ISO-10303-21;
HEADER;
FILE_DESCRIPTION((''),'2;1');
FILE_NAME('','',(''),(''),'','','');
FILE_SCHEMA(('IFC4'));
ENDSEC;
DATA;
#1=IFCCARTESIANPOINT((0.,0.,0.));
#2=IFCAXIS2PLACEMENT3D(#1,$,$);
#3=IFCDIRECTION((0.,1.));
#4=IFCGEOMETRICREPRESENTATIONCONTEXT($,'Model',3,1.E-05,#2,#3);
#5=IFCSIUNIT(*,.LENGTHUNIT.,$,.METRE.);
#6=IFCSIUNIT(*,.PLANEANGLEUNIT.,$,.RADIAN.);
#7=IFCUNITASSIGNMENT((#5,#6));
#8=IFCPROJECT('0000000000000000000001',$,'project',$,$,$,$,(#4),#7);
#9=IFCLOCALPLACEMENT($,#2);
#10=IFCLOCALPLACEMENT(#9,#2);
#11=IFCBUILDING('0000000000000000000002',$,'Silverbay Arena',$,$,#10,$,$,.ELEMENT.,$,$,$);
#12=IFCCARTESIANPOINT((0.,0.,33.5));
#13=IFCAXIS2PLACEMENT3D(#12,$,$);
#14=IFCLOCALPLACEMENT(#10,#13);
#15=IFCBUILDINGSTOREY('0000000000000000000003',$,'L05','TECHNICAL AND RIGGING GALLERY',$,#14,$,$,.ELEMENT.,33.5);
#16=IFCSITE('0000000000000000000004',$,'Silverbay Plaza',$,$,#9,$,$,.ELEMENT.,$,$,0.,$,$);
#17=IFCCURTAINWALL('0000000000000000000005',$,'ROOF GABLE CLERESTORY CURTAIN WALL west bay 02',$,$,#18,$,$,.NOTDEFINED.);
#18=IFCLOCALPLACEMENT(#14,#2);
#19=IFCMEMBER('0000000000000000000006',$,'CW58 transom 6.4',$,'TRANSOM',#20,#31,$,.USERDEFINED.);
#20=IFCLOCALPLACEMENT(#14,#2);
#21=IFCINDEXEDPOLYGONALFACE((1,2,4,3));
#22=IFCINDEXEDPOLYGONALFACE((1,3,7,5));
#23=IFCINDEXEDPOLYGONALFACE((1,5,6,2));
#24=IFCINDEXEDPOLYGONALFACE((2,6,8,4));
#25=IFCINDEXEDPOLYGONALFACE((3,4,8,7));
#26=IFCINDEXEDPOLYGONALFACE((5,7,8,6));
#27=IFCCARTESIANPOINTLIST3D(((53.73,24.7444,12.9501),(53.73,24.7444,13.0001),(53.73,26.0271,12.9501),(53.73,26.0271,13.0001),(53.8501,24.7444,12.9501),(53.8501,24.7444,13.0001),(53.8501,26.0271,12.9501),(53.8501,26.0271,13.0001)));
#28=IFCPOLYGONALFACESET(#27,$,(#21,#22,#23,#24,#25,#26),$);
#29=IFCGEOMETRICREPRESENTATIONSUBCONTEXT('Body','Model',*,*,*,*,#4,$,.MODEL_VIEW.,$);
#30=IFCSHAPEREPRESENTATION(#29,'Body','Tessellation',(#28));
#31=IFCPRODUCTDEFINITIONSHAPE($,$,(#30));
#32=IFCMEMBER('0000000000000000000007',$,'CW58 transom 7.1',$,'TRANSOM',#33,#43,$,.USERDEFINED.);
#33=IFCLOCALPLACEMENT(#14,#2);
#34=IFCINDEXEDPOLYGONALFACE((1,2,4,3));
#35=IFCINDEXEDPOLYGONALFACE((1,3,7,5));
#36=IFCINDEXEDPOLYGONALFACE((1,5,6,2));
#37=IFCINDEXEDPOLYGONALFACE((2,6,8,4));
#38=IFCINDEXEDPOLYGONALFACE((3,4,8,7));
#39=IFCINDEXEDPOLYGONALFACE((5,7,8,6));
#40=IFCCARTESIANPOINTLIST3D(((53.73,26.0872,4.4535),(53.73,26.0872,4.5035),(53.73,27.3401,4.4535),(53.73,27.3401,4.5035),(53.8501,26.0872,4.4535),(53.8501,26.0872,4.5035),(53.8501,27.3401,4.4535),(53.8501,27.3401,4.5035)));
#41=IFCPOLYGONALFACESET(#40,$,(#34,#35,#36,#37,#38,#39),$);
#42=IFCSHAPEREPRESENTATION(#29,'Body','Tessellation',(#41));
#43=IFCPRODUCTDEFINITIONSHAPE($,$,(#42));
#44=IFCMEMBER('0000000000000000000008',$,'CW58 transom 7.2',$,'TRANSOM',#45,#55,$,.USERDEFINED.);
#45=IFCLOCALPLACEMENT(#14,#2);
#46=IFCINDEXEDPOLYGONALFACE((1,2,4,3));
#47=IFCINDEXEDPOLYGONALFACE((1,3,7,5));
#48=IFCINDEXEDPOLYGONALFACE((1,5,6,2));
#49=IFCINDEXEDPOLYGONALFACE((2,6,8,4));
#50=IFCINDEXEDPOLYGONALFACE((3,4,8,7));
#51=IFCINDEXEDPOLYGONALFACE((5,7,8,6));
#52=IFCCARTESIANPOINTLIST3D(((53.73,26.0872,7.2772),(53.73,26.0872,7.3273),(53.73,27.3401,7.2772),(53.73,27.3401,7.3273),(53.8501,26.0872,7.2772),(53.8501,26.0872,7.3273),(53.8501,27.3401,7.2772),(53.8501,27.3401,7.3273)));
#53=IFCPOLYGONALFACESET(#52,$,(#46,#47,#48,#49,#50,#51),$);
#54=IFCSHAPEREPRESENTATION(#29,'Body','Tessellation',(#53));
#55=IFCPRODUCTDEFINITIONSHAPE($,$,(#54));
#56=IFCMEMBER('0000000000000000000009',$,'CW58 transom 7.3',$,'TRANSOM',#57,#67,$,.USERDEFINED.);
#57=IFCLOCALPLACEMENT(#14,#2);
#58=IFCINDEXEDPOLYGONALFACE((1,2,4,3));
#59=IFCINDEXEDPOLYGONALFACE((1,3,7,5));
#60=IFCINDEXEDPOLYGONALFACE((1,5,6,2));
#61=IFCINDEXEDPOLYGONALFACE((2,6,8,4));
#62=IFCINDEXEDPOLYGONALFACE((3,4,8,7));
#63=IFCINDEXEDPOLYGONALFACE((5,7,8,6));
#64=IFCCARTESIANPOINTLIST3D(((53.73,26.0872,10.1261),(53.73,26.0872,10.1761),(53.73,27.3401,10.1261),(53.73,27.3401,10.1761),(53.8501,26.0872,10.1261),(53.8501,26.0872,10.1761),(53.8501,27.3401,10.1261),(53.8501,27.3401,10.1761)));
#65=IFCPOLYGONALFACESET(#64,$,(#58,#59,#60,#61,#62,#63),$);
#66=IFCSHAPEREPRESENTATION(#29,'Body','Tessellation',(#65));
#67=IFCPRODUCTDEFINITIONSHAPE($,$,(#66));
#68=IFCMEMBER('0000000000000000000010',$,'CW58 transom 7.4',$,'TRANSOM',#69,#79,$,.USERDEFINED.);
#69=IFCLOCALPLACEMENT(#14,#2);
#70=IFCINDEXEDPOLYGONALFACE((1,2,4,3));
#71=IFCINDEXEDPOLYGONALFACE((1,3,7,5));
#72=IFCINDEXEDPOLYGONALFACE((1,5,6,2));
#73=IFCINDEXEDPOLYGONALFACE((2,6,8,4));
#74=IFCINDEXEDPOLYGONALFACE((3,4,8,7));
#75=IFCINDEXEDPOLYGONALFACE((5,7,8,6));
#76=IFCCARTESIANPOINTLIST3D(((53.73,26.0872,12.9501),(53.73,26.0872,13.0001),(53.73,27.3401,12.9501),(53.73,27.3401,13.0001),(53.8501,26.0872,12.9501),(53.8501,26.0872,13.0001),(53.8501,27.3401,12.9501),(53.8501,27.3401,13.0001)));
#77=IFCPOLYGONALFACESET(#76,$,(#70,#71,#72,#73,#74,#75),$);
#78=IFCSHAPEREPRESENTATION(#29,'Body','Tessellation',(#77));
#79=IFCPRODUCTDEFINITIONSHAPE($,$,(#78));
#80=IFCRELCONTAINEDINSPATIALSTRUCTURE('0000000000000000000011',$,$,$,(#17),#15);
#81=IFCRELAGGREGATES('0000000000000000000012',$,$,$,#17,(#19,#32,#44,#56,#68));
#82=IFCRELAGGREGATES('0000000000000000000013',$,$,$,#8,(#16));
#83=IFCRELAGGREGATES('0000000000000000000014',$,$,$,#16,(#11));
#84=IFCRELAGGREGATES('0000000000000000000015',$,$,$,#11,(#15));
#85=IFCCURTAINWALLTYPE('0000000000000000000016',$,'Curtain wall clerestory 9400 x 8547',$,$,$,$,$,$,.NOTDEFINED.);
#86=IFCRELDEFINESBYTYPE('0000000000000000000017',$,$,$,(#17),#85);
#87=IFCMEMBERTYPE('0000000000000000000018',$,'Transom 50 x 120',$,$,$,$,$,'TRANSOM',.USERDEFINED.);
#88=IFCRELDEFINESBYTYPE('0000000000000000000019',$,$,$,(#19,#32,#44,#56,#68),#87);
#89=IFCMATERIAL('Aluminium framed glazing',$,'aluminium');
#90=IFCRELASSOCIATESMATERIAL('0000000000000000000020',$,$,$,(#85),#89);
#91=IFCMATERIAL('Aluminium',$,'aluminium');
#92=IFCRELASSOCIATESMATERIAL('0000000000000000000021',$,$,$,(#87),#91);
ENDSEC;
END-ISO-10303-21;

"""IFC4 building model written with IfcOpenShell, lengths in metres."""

from ifc_helpers import new_model, si_unit, direction, frame, origin, origin_2d, place, context, subcontext, project, spatial, rectangle, extrude, material, material_profile, profile_set, type_object, element, aggregate, save


model = new_model("IFC4")

# Units and contexts
model_context = context("Model", 3, precision=1e-05, world=origin(), true_north=direction((0.0, 1.0)))
body_context = subcontext(model_context, "Body", "Model", "MODEL_VIEW")
ifc_project = project(units=[si_unit("LENGTHUNIT", "METRE"), si_unit("PLANEANGLEUNIT", "RADIAN")], contexts=[model_context])

# Site, building, storey
site_placement = place(None, origin())
site = spatial("IfcSite", under=ifc_project, at=site_placement, Name="Silverbay Plaza", CompositionType="ELEMENT", RefElevation=0.0)
building_placement = place(site_placement, origin())
building = spatial("IfcBuilding", under=site, at=building_placement, Name="Silverbay Arena", CompositionType="ELEMENT")
storey_placement = place(building_placement, frame((0.0, 0.0, 33.5)))
storey = spatial("IfcBuildingStorey", under=building, at=storey_placement, Name="L05", Description="TECHNICAL AND RIGGING GALLERY", CompositionType="ELEMENT", Elevation=33.5)

# Curtain wall, members
ifc_material_1 = material(Name="Aluminium framed glazing", Category="aluminium")
curtain_wall_type = type_object("IfcCurtainWallType", Name="Curtain wall clerestory 9400 x 8547", PredefinedType="NOTDEFINED", material=ifc_material_1)
curtain_wall_placement = place(storey_placement, origin())
curtain_wall = element("IfcCurtainWall", 1, at=curtain_wall_placement, inside=storey, type_object=curtain_wall_type, Name="ROOF GABLE CLERESTORY CURTAIN WALL west bay 02", PredefinedType="NOTDEFINED")
ifc_material_2 = material(Name="Aluminium", Category="aluminium")
ifc_material_profile_1 = material_profile(ifc_material_2, rectangle(XDim=0.1201, YDim=0.05, at=origin_2d()), Name="Transom 50 x 120")
ifc_profile_set_1 = profile_set([ifc_material_profile_1], Name="Aluminium")
member_type_1 = type_object("IfcMemberType", Name="Transom 50 x 120", ElementType="TRANSOM", PredefinedType="USERDEFINED", material=ifc_profile_set_1)
member_1_placement = place(storey_placement, frame((53.79, 24.7444, 12.9751), z_axis=(0.0, 1.0, 0.0), x_axis=(-1.0, 0.0, 0.0)))
member_1 = element("IfcMember", 2, at=member_1_placement, type_object=member_type_1, Name="CW58 transom 6.4", ObjectType="TRANSOM", PredefinedType="USERDEFINED", context=body_context, shape_type="SweptSolid", body=[
    extrude(rectangle(XDim=0.1201, YDim=0.05, at=origin_2d()), origin(), (0.0, 0.0, 1.0), 1.2827),
])
member_2_placement = place(storey_placement, frame((53.79, 26.0872, 4.4785), z_axis=(0.0, 1.0, 0.0), x_axis=(-1.0, 0.0, 0.0)))
member_2 = element("IfcMember", 3, at=member_2_placement, type_object=member_type_1, Name="CW58 transom 7.1", ObjectType="TRANSOM", PredefinedType="USERDEFINED", context=body_context, shape_type="SweptSolid", body=[
    extrude(rectangle(XDim=0.1201, YDim=0.05, at=origin_2d()), origin(), (0.0, 0.0, 1.0), 1.2529),
])
member_3_placement = place(storey_placement, frame((53.79, 26.0872, 7.3022), z_axis=(0.0, 1.0, 0.0), x_axis=(-1.0, 0.0, 0.0)))
member_3 = element("IfcMember", 4, at=member_3_placement, type_object=member_type_1, Name="CW58 transom 7.2", ObjectType="TRANSOM", PredefinedType="USERDEFINED", context=body_context, shape_type="SweptSolid", body=[
    extrude(rectangle(XDim=0.1201, YDim=0.05, at=origin_2d()), origin(), (0.0, 0.0, 1.0), 1.2529),
])
member_4_placement = place(storey_placement, frame((53.79, 26.0872, 10.1511), z_axis=(0.0, 1.0, 0.0), x_axis=(-1.0, 0.0, 0.0)))
member_4 = element("IfcMember", 5, at=member_4_placement, type_object=member_type_1, Name="CW58 transom 7.3", ObjectType="TRANSOM", PredefinedType="USERDEFINED", context=body_context, shape_type="SweptSolid", body=[
    extrude(rectangle(XDim=0.1201, YDim=0.05, at=origin_2d()), origin(), (0.0, 0.0, 1.0), 1.2529),
])
member_5_placement = place(storey_placement, frame((53.79, 26.0872, 12.9751), z_axis=(0.0, 1.0, 0.0), x_axis=(-1.0, 0.0, 0.0)))
member_5 = element("IfcMember", 6, at=member_5_placement, type_object=member_type_1, Name="CW58 transom 7.4", ObjectType="TRANSOM", PredefinedType="USERDEFINED", context=body_context, shape_type="SweptSolid", body=[
    extrude(rectangle(XDim=0.1201, YDim=0.05, at=origin_2d()), origin(), (0.0, 0.0, 1.0), 1.2529),
])
aggregate(curtain_wall, [member_1, member_2, member_3, member_4, member_5])

save(model, "model.ifc")
